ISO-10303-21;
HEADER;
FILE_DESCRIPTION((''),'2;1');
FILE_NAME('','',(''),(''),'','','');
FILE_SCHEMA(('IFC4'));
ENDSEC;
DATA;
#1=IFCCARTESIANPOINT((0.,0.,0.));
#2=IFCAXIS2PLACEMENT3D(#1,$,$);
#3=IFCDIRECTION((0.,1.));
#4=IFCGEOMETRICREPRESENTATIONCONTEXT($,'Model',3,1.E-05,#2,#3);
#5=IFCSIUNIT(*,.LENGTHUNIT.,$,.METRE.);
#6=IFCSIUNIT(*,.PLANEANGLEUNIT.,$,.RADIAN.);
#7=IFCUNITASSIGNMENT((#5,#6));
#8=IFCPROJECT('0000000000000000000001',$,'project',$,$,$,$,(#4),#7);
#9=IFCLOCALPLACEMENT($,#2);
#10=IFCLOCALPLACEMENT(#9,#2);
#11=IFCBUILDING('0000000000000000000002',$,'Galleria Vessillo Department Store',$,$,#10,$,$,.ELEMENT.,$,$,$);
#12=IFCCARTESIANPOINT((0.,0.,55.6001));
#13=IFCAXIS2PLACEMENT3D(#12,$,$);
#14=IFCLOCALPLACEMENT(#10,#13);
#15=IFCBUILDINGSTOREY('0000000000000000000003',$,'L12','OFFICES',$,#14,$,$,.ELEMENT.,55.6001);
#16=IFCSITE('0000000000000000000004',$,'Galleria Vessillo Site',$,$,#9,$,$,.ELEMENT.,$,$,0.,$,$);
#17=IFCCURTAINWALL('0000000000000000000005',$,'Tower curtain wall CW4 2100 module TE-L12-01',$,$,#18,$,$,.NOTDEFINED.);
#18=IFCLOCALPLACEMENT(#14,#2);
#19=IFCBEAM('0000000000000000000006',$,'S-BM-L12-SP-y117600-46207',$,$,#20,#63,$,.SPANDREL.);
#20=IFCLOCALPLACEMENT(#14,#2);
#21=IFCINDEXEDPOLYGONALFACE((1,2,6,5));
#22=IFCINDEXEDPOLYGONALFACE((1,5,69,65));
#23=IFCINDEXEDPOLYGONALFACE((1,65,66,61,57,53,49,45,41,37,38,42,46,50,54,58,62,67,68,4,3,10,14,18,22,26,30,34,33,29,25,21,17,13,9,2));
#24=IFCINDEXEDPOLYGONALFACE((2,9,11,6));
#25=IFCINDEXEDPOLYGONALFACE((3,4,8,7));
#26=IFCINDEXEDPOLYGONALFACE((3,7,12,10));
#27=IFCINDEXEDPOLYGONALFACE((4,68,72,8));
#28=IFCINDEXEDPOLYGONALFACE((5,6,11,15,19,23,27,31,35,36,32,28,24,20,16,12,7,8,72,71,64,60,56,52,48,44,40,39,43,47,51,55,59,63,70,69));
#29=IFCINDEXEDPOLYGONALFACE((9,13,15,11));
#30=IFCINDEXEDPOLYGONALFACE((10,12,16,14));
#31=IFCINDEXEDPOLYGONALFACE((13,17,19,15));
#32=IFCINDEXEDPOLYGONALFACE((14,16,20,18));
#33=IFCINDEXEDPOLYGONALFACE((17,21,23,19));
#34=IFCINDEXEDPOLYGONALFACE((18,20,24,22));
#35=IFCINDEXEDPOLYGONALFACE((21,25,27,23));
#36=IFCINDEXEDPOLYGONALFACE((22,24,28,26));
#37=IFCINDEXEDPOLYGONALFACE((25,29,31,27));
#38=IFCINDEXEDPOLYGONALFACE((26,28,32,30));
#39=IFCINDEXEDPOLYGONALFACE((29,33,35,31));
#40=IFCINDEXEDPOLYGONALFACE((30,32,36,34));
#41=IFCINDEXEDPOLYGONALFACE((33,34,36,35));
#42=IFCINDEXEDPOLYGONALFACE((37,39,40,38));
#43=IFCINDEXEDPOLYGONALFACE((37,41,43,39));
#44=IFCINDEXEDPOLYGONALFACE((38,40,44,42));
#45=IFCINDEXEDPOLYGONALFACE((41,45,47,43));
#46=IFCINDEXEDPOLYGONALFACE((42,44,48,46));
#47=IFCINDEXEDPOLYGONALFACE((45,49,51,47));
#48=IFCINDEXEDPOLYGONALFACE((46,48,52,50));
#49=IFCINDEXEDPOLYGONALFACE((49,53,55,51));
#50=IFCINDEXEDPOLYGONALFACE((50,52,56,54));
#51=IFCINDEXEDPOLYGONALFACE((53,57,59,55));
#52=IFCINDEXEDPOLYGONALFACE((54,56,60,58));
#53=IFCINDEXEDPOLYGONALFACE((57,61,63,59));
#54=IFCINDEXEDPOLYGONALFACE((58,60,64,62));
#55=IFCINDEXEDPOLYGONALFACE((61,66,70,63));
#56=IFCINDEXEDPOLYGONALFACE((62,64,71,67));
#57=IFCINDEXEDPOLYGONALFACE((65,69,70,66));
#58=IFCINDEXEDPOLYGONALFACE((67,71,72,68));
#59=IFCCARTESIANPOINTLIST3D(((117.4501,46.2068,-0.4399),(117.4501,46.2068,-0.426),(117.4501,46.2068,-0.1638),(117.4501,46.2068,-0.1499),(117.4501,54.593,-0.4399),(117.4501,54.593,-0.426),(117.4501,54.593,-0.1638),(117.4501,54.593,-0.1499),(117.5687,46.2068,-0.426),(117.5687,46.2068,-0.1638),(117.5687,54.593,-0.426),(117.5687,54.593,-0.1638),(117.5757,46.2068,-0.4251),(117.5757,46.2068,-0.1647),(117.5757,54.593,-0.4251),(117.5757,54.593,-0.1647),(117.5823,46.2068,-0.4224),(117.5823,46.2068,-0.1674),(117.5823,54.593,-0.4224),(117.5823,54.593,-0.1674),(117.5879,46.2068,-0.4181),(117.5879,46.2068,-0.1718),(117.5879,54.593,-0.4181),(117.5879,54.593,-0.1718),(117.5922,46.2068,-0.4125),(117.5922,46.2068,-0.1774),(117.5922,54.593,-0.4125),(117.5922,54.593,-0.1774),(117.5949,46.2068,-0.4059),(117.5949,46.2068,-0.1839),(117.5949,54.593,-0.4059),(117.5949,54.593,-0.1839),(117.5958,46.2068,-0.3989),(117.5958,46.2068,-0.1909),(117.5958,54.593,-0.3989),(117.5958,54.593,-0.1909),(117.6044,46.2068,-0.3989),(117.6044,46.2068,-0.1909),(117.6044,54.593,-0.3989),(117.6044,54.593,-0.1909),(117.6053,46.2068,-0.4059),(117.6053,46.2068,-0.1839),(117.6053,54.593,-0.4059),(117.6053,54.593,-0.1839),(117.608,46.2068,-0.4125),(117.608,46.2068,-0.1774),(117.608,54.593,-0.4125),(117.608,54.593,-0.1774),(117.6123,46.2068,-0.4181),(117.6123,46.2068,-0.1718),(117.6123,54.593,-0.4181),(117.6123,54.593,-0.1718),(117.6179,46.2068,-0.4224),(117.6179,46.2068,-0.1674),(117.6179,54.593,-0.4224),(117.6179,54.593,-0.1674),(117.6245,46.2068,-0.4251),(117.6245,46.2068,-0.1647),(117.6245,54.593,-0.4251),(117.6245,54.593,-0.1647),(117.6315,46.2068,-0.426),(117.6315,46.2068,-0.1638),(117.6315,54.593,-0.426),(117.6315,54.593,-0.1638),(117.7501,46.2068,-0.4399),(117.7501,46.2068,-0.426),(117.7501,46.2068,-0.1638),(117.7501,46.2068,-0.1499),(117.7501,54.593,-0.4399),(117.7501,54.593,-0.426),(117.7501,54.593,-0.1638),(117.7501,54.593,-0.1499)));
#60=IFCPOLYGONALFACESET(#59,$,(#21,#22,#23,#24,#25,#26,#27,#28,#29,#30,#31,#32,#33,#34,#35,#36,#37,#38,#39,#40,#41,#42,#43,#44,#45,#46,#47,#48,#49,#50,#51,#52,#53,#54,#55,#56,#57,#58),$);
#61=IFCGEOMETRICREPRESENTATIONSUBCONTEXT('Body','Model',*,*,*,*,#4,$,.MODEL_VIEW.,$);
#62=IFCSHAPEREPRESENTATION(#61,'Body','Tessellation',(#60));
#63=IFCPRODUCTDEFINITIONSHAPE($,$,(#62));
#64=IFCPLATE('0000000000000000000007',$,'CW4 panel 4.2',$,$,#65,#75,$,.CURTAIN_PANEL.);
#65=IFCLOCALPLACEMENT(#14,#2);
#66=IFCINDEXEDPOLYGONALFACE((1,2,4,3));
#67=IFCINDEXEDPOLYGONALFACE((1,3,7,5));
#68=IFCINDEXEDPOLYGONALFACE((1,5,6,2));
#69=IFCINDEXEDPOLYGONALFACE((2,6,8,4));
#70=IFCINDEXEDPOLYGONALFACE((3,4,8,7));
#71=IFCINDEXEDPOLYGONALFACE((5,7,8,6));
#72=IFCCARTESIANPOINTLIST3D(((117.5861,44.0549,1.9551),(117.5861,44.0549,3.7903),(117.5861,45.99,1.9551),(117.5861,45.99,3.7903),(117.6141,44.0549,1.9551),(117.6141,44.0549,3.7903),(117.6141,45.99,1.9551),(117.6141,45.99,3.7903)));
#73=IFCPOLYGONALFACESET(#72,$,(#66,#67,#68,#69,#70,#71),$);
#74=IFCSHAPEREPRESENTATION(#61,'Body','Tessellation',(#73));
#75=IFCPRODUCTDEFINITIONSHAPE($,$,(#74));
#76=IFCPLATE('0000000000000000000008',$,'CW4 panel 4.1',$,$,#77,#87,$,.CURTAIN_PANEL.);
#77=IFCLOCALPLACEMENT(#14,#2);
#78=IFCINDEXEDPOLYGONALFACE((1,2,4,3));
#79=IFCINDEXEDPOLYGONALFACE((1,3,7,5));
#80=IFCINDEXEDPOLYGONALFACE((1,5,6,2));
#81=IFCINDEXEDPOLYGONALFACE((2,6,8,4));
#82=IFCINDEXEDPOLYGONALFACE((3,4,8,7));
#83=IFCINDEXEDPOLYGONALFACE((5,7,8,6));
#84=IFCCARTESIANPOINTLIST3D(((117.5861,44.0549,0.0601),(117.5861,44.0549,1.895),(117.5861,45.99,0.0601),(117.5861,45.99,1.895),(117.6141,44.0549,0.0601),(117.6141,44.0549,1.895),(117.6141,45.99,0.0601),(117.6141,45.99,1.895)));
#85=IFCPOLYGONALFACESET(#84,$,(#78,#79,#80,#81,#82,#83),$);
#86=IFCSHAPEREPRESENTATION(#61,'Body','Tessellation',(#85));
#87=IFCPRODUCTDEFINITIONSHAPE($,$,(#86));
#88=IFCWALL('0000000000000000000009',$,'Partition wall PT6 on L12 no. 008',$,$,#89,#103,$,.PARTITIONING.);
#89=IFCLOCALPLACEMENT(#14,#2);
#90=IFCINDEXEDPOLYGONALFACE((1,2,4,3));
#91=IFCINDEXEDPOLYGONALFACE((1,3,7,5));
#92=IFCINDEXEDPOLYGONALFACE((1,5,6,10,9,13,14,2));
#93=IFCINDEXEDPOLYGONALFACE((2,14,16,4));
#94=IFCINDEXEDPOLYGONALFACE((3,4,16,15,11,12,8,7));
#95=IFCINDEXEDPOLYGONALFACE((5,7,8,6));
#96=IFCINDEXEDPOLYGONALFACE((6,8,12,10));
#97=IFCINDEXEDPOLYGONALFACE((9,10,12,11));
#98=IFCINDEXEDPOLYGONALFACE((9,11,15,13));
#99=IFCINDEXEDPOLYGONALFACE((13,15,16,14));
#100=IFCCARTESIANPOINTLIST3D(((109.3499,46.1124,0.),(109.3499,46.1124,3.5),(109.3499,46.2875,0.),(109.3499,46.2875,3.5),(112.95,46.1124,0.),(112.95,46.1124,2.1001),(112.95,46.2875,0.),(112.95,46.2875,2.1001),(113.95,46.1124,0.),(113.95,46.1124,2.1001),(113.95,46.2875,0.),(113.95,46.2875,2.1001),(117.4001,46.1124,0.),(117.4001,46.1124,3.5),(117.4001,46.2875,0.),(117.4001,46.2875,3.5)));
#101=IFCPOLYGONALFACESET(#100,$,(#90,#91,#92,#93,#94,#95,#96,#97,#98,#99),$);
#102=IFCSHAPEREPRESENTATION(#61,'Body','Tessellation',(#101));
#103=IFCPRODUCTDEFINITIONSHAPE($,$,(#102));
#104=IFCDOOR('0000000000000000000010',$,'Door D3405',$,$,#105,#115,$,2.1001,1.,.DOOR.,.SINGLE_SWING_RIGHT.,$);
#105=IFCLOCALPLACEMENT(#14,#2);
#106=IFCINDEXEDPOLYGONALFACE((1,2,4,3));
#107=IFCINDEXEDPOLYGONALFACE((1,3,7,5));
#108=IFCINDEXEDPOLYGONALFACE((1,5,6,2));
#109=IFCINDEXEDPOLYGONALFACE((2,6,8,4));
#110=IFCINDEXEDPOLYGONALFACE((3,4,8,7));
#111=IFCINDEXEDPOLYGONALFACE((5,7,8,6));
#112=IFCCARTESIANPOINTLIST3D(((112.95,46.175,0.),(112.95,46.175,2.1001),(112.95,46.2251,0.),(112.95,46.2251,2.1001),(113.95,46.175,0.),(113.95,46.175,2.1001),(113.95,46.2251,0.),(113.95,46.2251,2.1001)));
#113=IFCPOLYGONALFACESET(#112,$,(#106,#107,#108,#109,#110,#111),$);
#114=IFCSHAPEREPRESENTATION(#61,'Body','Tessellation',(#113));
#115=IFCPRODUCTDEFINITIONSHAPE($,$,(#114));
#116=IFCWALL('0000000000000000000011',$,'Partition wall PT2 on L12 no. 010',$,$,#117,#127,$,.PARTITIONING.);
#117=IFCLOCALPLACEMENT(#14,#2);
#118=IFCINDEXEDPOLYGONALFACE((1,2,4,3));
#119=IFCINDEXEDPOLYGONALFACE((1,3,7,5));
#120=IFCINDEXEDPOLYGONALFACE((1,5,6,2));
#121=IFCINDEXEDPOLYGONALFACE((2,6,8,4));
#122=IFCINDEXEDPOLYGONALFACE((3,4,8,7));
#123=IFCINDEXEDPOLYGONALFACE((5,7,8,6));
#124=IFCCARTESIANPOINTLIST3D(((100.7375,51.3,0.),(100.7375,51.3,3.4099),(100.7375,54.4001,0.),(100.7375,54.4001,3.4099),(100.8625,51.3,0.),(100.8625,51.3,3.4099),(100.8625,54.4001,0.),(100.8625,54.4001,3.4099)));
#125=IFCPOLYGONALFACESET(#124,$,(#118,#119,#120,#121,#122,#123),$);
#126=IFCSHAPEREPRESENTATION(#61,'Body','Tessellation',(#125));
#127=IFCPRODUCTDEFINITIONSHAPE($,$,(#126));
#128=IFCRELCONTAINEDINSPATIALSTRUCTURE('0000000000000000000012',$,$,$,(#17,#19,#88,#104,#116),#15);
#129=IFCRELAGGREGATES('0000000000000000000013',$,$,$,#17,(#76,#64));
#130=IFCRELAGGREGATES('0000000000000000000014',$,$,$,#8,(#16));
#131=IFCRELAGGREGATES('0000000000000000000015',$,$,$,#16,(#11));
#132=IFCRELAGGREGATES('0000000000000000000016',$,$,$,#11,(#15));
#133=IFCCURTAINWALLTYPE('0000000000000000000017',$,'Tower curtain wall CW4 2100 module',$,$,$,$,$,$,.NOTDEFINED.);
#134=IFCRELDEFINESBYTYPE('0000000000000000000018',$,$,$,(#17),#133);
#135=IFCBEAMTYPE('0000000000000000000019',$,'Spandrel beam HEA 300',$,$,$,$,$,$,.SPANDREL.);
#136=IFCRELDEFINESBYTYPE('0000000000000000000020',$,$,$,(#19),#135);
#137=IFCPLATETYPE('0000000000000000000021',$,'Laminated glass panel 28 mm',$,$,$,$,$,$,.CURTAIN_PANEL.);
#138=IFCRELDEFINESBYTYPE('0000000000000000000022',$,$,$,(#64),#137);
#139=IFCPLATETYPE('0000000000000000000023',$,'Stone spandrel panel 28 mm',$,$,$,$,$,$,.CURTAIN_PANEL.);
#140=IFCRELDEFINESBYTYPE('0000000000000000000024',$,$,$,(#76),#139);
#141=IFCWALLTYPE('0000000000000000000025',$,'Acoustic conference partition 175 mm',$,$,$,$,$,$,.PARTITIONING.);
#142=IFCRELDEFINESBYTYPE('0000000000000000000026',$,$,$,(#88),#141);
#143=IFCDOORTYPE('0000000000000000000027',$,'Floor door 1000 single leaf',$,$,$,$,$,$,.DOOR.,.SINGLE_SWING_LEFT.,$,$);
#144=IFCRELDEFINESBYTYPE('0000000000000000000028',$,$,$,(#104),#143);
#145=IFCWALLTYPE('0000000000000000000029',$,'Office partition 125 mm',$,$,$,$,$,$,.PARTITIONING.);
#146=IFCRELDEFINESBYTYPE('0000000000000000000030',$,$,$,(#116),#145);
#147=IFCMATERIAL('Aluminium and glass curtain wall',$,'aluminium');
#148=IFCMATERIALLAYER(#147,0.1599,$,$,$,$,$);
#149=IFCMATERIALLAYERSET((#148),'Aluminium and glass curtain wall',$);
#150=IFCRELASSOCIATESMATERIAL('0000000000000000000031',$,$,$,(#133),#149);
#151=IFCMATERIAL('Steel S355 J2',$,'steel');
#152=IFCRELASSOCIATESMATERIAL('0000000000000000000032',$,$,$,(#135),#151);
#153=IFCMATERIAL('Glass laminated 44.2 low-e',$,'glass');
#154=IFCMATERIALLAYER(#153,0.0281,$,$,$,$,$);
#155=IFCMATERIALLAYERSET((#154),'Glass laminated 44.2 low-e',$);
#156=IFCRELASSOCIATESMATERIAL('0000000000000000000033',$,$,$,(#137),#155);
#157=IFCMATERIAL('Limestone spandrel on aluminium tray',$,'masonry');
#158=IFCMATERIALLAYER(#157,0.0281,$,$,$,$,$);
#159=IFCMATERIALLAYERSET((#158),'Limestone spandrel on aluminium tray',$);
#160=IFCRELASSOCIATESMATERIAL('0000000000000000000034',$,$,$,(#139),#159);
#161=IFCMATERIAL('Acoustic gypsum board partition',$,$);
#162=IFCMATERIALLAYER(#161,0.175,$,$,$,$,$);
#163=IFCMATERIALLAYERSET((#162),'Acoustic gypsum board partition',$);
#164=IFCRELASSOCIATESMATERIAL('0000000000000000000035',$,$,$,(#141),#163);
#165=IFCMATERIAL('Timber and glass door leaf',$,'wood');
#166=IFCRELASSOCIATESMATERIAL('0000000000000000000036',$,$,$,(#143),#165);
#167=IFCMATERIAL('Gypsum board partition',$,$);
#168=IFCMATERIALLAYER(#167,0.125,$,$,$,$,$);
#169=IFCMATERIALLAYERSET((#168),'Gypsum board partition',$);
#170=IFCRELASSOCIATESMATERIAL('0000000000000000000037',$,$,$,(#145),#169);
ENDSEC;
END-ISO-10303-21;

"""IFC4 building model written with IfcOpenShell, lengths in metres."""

from ifc_helpers import new_model, si_unit, direction, frame, frame_2d, origin, origin_2d, place, context, subcontext, project, spatial, rectangle, i_section, extrude, material, layer, layer_set, material_profile, profile_set, type_object, element, fill, aggregate, save


model = new_model("IFC4")

# Units and contexts
model_context = context("Model", 3, precision=1e-05, world=origin(), true_north=direction((0.0, 1.0)))
body_context = subcontext(model_context, "Body", "Model", "MODEL_VIEW")
ifc_project = project(units=[si_unit("LENGTHUNIT", "METRE"), si_unit("PLANEANGLEUNIT", "RADIAN")], contexts=[model_context])

# Site, building, storey
site_placement = place(None, origin())
site = spatial("IfcSite", under=ifc_project, at=site_placement, Name="Galleria Vessillo Site", CompositionType="ELEMENT", RefElevation=0.0)
building_placement = place(site_placement, origin())
building = spatial("IfcBuilding", under=site, at=building_placement, Name="Galleria Vessillo Department Store", CompositionType="ELEMENT")
storey_placement = place(building_placement, frame((0.0, 0.0, 55.6001)))
storey = spatial("IfcBuildingStorey", under=building, at=storey_placement, Name="L12", Description="OFFICES", CompositionType="ELEMENT", Elevation=55.6001)

# Curtain wall
ifc_material_1 = material(Name="Aluminium and glass curtain wall", Category="aluminium")
ifc_layer_1 = layer(ifc_material_1, 0.1599)
ifc_layer_set_1 = layer_set([ifc_layer_1], Name="Aluminium and glass curtain wall")
curtain_wall_type = type_object("IfcCurtainWallType", Name="Tower curtain wall CW4 2100 module", PredefinedType="NOTDEFINED", material=ifc_layer_set_1)
curtain_wall_placement = place(storey_placement, origin())
curtain_wall = element("IfcCurtainWall", 1, at=curtain_wall_placement, inside=storey, type_object=curtain_wall_type, Name="Tower curtain wall CW4 2100 module TE-L12-01", PredefinedType="NOTDEFINED")

# Beam
ifc_material_2 = material(Name="Steel S355 J2", Category="steel")
ifc_material_profile_1 = material_profile(ifc_material_2, i_section(OverallWidth=0.3, OverallDepth=0.29, WebThickness=0.0085, FlangeThickness=0.0139, FilletRadius=0.0271, at=origin_2d()), Name="HEA 300")
ifc_profile_set_1 = profile_set([ifc_material_profile_1], Name="Steel S355 J2")
beam_type_1 = type_object("IfcBeamType", Name="Spandrel beam HEA 300", PredefinedType="SPANDREL", material=ifc_profile_set_1)
beam_1_placement = place(storey_placement, frame((117.6001, 46.2068, -0.2949), z_axis=(0.0, 1.0, 0.0), x_axis=(-1.0, 0.0, 0.0)))
element("IfcBeam", 2, at=beam_1_placement, inside=storey, type_object=beam_type_1, Name="S-BM-L12-SP-y117600-46207", PredefinedType="SPANDREL", context=body_context, shape_type="SweptSolid", body=[
    extrude(i_section(OverallWidth=0.3, OverallDepth=0.29, WebThickness=0.0085, FlangeThickness=0.0139, FilletRadius=0.0271, at=origin_2d()), origin(), (0.0, 0.0, 1.0), 8.3862),
])

# Plates
ifc_material_3 = material(Name="Glass laminated 44.2 low-e", Category="glass")
ifc_layer_2 = layer(ifc_material_3, 0.0281)
ifc_layer_set_2 = layer_set([ifc_layer_2], Name="Glass laminated 44.2 low-e")
plate_type_1 = type_object("IfcPlateType", Name="Laminated glass panel 28 mm", PredefinedType="CURTAIN_PANEL", material=ifc_layer_set_2)
plate_1_placement = place(storey_placement, frame((117.6001, 45.0225, 1.9551), z_axis=(0.0, 0.0, 1.0), x_axis=(0.0, 1.0, 0.0)))
plate_1 = element("IfcPlate", 3, at=plate_1_placement, type_object=plate_type_1, Name="CW4 panel 4.2", PredefinedType="CURTAIN_PANEL", context=body_context, shape_type="SweptSolid", body=[
    extrude(rectangle(XDim=1.9351, YDim=0.0281, at=origin_2d()), origin(), (0.0, 0.0, 1.0), 1.8352),
])
ifc_material_4 = material(Name="Limestone spandrel on aluminium tray", Category="masonry")
ifc_layer_3 = layer(ifc_material_4, 0.0281)
ifc_layer_set_3 = layer_set([ifc_layer_3], Name="Limestone spandrel on aluminium tray")
plate_type_2 = type_object("IfcPlateType", Name="Stone spandrel panel 28 mm", PredefinedType="CURTAIN_PANEL", material=ifc_layer_set_3)
plate_2_placement = place(storey_placement, frame((117.6001, 45.0225, 0.0601), z_axis=(0.0, 0.0, 1.0), x_axis=(0.0, 1.0, 0.0)))
plate_2 = element("IfcPlate", 4, at=plate_2_placement, type_object=plate_type_2, Name="CW4 panel 4.1", PredefinedType="CURTAIN_PANEL", context=body_context, shape_type="SweptSolid", body=[
    extrude(rectangle(XDim=1.9351, YDim=0.0281, at=origin_2d()), origin(), (0.0, 0.0, 1.0), 1.835),
])
aggregate(curtain_wall, [plate_2, plate_1])

# Wall, opening, door
ifc_material_5 = material(Name="Acoustic gypsum board partition")
ifc_layer_4 = layer(ifc_material_5, 0.175)
ifc_layer_set_4 = layer_set([ifc_layer_4], Name="Acoustic gypsum board partition")
wall_type_1 = type_object("IfcWallType", Name="Acoustic conference partition 175 mm", PredefinedType="PARTITIONING", material=ifc_layer_set_4)
wall_1_placement = place(storey_placement, frame((109.3499, 46.2, 0.0), z_axis=(0.0, 0.0, 1.0), x_axis=(1.0, 0.0, 0.0)))
wall_1 = element("IfcWall", 5, at=wall_1_placement, inside=storey, type_object=wall_type_1, Name="Partition wall PT6 on L12 no. 008", PredefinedType="PARTITIONING", context=body_context, shape_type="SweptSolid", body=[
    extrude(rectangle(XDim=8.0503, YDim=0.175, at=frame_2d((4.0251, 0.0))), origin(), (0.0, 0.0, 1.0), 3.5),
])
opening_1_placement = place(wall_1_placement, frame((3.6001, 0.0, 0.0)))
opening_1 = element("IfcOpeningElement", 6, at=opening_1_placement, cuts=wall_1, PredefinedType="OPENING", context=body_context, shape_type="SweptSolid", body=[
    extrude(rectangle(XDim=1.0, YDim=2.1001, at=frame_2d((0.5, 1.05))), frame((0.0, 0.0977, 0.0), z_axis=(0.0, -1.0, 0.0), x_axis=(1.0, 0.0, 0.0)), (0.0, 0.0, 1.0), 0.1951),
])
ifc_material_6 = material(Name="Timber and glass door leaf", Category="wood")
door_type_1 = type_object("IfcDoorType", Name="Floor door 1000 single leaf", OperationType="SINGLE_SWING_LEFT", PredefinedType="DOOR", material=ifc_material_6)
door_1_placement = place(opening_1_placement, frame((1.0, 0.0, 0.0), z_axis=(0.0, 0.0, 1.0), x_axis=(-1.0, 0.0, 0.0)))
door_1 = element("IfcDoor", 7, at=door_1_placement, inside=storey, type_object=door_type_1, Name="Door D3405", OperationType="SINGLE_SWING_RIGHT", OverallHeight=2.1001, OverallWidth=1.0, PredefinedType="DOOR", context=body_context, shape_type="SweptSolid", body=[
    extrude(rectangle(XDim=1.0, YDim=2.1001, at=frame_2d((0.5, 1.05))), frame((0.0, 0.0249, 0.0), z_axis=(0.0, -1.0, 0.0), x_axis=(1.0, 0.0, 0.0)), (0.0, 0.0, 1.0), 0.05),
])
fill(opening_1, door_1)

# Wall
ifc_material_7 = material(Name="Gypsum board partition")
ifc_layer_5 = layer(ifc_material_7, 0.125)
ifc_layer_set_5 = layer_set([ifc_layer_5], Name="Gypsum board partition")
wall_type_2 = type_object("IfcWallType", Name="Office partition 125 mm", PredefinedType="PARTITIONING", material=ifc_layer_set_5)
wall_2_placement = place(storey_placement, frame((100.8, 51.3, 0.0), z_axis=(0.0, 0.0, 1.0), x_axis=(0.0, 1.0, 0.0)))
element("IfcWall", 8, at=wall_2_placement, inside=storey, type_object=wall_type_2, Name="Partition wall PT2 on L12 no. 010", PredefinedType="PARTITIONING", context=body_context, shape_type="SweptSolid", body=[
    extrude(rectangle(XDim=3.1001, YDim=0.125, at=frame_2d((1.55, 0.0))), origin(), (0.0, 0.0, 1.0), 3.4099),
])

save(model, "model.ifc")
